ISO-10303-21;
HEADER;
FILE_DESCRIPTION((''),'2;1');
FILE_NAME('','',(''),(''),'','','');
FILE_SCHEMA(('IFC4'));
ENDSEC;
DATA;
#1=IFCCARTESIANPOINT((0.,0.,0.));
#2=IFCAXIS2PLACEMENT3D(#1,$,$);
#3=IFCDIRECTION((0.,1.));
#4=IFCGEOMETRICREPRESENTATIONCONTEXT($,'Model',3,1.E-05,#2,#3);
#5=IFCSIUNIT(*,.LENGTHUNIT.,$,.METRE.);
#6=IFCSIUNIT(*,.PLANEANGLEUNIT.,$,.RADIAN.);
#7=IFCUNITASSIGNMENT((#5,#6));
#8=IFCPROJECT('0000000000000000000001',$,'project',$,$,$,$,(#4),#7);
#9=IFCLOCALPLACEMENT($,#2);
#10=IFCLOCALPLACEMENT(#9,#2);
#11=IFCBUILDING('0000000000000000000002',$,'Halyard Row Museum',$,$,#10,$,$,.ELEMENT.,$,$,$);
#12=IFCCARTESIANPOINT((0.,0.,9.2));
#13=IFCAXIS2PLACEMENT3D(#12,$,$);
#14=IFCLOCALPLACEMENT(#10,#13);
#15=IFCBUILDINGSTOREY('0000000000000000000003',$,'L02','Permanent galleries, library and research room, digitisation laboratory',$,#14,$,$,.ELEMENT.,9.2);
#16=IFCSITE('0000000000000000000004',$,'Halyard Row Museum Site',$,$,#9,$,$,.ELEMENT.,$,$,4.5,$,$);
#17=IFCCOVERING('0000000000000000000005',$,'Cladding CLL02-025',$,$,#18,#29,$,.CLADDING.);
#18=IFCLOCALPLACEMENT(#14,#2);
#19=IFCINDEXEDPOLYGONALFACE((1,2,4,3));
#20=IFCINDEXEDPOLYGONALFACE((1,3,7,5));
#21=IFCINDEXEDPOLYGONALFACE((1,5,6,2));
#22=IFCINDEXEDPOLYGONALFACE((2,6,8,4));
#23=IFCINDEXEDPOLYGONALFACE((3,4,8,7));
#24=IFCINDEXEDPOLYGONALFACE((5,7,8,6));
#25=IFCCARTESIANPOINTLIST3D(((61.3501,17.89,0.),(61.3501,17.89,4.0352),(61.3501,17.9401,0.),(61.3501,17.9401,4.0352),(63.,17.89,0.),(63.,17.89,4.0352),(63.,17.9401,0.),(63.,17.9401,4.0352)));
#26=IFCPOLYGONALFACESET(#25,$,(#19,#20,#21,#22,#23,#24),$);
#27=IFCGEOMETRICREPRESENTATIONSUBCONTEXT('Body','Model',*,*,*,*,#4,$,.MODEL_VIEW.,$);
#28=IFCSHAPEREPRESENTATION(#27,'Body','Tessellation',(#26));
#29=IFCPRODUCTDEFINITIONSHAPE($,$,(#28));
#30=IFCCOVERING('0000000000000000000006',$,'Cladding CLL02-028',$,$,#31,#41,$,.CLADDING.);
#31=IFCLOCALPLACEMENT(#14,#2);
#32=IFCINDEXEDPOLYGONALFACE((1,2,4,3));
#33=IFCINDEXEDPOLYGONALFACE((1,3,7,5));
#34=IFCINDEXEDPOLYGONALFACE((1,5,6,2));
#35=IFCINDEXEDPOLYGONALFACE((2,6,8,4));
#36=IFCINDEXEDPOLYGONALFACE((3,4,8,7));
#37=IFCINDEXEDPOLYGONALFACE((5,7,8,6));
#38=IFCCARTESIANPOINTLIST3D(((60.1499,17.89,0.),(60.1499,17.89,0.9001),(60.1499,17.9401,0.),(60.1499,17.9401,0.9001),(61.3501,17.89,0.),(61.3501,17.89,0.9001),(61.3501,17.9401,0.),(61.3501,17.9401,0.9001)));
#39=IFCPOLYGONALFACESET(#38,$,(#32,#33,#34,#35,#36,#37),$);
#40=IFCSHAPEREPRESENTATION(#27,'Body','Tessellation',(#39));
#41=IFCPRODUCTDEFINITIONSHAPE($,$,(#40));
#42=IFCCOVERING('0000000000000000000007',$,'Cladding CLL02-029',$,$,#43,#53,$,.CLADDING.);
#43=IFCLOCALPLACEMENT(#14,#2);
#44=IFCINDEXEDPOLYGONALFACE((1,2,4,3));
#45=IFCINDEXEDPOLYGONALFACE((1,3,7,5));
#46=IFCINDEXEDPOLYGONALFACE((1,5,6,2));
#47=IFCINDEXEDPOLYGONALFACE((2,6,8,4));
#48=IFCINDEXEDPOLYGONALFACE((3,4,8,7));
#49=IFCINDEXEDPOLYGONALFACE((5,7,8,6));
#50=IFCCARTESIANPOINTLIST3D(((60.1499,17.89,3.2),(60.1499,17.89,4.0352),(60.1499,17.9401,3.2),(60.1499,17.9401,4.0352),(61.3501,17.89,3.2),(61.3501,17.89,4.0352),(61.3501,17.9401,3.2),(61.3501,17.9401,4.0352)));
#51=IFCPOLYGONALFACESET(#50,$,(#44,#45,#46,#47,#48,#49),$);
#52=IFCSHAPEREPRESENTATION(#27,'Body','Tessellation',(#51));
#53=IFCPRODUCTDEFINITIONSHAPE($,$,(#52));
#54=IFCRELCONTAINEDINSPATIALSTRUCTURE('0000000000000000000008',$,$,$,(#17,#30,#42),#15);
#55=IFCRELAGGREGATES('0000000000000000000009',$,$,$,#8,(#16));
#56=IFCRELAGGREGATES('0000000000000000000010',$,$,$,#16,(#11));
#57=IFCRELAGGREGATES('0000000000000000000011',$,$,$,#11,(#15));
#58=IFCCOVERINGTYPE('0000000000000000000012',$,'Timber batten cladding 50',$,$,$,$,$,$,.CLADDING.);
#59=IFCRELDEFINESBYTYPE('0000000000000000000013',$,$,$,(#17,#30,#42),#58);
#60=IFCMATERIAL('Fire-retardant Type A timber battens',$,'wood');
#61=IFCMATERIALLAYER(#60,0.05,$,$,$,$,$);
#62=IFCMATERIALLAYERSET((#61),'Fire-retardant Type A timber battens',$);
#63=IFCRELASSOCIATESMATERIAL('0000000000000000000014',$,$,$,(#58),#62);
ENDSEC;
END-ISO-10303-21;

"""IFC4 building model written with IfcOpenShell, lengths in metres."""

from ifc_helpers import new_model, si_unit, direction, frame, frame_2d, origin, place, context, subcontext, project, spatial, rectangle, extrude, material, layer, layer_set, type_object, element, save


model = new_model("IFC4")

# Units and contexts
model_context = context("Model", 3, precision=1e-05, world=origin(), true_north=direction((0.0, 1.0)))
body_context = subcontext(model_context, "Body", "Model", "MODEL_VIEW")
ifc_project = project(units=[si_unit("LENGTHUNIT", "METRE"), si_unit("PLANEANGLEUNIT", "RADIAN")], contexts=[model_context])

# Site, building, storey
site_placement = place(None, origin())
site = spatial("IfcSite", under=ifc_project, at=site_placement, Name="Halyard Row Museum Site", CompositionType="ELEMENT", RefElevation=4.5)
building_placement = place(site_placement, origin())
building = spatial("IfcBuilding", under=site, at=building_placement, Name="Halyard Row Museum", CompositionType="ELEMENT")
storey_placement = place(building_placement, frame((0.0, 0.0, 9.2)))
storey = spatial("IfcBuildingStorey", under=building, at=storey_placement, Name="L02", Description="Permanent galleries, library and research room, digitisation laboratory", CompositionType="ELEMENT", Elevation=9.2)

# Coverings
ifc_material_1 = material(Name="Fire-retardant Type A timber battens", Category="wood")
ifc_layer_1 = layer(ifc_material_1, 0.05)
ifc_layer_set_1 = layer_set([ifc_layer_1], Name="Fire-retardant Type A timber battens")
covering_type = type_object("IfcCoveringType", Name="Timber batten cladding 50", PredefinedType="CLADDING", material=ifc_layer_set_1)
covering_1_placement = place(storey_placement, frame((61.3501, 17.915, 0.0), z_axis=(0.0, 0.0, 1.0), x_axis=(1.0, 0.0, 0.0)))
element("IfcCovering", 1, at=covering_1_placement, inside=storey, type_object=covering_type, Name="Cladding CLL02-025", PredefinedType="CLADDING", context=body_context, shape_type="SweptSolid", body=[
    extrude(rectangle(XDim=1.6499, YDim=0.05, at=frame_2d((0.825, 0.0))), origin(), (0.0, 0.0, 1.0), 4.0352),
])
covering_2_placement = place(storey_placement, frame((60.1499, 17.915, 0.0), z_axis=(0.0, 0.0, 1.0), x_axis=(1.0, 0.0, 0.0)))
element("IfcCovering", 2, at=covering_2_placement, inside=storey, type_object=covering_type, Name="Cladding CLL02-028", PredefinedType="CLADDING", context=body_context, shape_type="SweptSolid", body=[
    extrude(rectangle(XDim=1.2002, YDim=0.05, at=frame_2d((0.6001, 0.0))), origin(), (0.0, 0.0, 1.0), 0.9001),
])
covering_3_placement = place(storey_placement, frame((60.1499, 17.915, 3.2), z_axis=(0.0, 0.0, 1.0), x_axis=(1.0, 0.0, 0.0)))
element("IfcCovering", 3, at=covering_3_placement, inside=storey, type_object=covering_type, Name="Cladding CLL02-029", PredefinedType="CLADDING", context=body_context, shape_type="SweptSolid", body=[
    extrude(rectangle(XDim=1.2002, YDim=0.05, at=frame_2d((0.6001, 0.0))), origin(), (0.0, 0.0, 1.0), 0.8352),
])

save(model, "model.ifc")
